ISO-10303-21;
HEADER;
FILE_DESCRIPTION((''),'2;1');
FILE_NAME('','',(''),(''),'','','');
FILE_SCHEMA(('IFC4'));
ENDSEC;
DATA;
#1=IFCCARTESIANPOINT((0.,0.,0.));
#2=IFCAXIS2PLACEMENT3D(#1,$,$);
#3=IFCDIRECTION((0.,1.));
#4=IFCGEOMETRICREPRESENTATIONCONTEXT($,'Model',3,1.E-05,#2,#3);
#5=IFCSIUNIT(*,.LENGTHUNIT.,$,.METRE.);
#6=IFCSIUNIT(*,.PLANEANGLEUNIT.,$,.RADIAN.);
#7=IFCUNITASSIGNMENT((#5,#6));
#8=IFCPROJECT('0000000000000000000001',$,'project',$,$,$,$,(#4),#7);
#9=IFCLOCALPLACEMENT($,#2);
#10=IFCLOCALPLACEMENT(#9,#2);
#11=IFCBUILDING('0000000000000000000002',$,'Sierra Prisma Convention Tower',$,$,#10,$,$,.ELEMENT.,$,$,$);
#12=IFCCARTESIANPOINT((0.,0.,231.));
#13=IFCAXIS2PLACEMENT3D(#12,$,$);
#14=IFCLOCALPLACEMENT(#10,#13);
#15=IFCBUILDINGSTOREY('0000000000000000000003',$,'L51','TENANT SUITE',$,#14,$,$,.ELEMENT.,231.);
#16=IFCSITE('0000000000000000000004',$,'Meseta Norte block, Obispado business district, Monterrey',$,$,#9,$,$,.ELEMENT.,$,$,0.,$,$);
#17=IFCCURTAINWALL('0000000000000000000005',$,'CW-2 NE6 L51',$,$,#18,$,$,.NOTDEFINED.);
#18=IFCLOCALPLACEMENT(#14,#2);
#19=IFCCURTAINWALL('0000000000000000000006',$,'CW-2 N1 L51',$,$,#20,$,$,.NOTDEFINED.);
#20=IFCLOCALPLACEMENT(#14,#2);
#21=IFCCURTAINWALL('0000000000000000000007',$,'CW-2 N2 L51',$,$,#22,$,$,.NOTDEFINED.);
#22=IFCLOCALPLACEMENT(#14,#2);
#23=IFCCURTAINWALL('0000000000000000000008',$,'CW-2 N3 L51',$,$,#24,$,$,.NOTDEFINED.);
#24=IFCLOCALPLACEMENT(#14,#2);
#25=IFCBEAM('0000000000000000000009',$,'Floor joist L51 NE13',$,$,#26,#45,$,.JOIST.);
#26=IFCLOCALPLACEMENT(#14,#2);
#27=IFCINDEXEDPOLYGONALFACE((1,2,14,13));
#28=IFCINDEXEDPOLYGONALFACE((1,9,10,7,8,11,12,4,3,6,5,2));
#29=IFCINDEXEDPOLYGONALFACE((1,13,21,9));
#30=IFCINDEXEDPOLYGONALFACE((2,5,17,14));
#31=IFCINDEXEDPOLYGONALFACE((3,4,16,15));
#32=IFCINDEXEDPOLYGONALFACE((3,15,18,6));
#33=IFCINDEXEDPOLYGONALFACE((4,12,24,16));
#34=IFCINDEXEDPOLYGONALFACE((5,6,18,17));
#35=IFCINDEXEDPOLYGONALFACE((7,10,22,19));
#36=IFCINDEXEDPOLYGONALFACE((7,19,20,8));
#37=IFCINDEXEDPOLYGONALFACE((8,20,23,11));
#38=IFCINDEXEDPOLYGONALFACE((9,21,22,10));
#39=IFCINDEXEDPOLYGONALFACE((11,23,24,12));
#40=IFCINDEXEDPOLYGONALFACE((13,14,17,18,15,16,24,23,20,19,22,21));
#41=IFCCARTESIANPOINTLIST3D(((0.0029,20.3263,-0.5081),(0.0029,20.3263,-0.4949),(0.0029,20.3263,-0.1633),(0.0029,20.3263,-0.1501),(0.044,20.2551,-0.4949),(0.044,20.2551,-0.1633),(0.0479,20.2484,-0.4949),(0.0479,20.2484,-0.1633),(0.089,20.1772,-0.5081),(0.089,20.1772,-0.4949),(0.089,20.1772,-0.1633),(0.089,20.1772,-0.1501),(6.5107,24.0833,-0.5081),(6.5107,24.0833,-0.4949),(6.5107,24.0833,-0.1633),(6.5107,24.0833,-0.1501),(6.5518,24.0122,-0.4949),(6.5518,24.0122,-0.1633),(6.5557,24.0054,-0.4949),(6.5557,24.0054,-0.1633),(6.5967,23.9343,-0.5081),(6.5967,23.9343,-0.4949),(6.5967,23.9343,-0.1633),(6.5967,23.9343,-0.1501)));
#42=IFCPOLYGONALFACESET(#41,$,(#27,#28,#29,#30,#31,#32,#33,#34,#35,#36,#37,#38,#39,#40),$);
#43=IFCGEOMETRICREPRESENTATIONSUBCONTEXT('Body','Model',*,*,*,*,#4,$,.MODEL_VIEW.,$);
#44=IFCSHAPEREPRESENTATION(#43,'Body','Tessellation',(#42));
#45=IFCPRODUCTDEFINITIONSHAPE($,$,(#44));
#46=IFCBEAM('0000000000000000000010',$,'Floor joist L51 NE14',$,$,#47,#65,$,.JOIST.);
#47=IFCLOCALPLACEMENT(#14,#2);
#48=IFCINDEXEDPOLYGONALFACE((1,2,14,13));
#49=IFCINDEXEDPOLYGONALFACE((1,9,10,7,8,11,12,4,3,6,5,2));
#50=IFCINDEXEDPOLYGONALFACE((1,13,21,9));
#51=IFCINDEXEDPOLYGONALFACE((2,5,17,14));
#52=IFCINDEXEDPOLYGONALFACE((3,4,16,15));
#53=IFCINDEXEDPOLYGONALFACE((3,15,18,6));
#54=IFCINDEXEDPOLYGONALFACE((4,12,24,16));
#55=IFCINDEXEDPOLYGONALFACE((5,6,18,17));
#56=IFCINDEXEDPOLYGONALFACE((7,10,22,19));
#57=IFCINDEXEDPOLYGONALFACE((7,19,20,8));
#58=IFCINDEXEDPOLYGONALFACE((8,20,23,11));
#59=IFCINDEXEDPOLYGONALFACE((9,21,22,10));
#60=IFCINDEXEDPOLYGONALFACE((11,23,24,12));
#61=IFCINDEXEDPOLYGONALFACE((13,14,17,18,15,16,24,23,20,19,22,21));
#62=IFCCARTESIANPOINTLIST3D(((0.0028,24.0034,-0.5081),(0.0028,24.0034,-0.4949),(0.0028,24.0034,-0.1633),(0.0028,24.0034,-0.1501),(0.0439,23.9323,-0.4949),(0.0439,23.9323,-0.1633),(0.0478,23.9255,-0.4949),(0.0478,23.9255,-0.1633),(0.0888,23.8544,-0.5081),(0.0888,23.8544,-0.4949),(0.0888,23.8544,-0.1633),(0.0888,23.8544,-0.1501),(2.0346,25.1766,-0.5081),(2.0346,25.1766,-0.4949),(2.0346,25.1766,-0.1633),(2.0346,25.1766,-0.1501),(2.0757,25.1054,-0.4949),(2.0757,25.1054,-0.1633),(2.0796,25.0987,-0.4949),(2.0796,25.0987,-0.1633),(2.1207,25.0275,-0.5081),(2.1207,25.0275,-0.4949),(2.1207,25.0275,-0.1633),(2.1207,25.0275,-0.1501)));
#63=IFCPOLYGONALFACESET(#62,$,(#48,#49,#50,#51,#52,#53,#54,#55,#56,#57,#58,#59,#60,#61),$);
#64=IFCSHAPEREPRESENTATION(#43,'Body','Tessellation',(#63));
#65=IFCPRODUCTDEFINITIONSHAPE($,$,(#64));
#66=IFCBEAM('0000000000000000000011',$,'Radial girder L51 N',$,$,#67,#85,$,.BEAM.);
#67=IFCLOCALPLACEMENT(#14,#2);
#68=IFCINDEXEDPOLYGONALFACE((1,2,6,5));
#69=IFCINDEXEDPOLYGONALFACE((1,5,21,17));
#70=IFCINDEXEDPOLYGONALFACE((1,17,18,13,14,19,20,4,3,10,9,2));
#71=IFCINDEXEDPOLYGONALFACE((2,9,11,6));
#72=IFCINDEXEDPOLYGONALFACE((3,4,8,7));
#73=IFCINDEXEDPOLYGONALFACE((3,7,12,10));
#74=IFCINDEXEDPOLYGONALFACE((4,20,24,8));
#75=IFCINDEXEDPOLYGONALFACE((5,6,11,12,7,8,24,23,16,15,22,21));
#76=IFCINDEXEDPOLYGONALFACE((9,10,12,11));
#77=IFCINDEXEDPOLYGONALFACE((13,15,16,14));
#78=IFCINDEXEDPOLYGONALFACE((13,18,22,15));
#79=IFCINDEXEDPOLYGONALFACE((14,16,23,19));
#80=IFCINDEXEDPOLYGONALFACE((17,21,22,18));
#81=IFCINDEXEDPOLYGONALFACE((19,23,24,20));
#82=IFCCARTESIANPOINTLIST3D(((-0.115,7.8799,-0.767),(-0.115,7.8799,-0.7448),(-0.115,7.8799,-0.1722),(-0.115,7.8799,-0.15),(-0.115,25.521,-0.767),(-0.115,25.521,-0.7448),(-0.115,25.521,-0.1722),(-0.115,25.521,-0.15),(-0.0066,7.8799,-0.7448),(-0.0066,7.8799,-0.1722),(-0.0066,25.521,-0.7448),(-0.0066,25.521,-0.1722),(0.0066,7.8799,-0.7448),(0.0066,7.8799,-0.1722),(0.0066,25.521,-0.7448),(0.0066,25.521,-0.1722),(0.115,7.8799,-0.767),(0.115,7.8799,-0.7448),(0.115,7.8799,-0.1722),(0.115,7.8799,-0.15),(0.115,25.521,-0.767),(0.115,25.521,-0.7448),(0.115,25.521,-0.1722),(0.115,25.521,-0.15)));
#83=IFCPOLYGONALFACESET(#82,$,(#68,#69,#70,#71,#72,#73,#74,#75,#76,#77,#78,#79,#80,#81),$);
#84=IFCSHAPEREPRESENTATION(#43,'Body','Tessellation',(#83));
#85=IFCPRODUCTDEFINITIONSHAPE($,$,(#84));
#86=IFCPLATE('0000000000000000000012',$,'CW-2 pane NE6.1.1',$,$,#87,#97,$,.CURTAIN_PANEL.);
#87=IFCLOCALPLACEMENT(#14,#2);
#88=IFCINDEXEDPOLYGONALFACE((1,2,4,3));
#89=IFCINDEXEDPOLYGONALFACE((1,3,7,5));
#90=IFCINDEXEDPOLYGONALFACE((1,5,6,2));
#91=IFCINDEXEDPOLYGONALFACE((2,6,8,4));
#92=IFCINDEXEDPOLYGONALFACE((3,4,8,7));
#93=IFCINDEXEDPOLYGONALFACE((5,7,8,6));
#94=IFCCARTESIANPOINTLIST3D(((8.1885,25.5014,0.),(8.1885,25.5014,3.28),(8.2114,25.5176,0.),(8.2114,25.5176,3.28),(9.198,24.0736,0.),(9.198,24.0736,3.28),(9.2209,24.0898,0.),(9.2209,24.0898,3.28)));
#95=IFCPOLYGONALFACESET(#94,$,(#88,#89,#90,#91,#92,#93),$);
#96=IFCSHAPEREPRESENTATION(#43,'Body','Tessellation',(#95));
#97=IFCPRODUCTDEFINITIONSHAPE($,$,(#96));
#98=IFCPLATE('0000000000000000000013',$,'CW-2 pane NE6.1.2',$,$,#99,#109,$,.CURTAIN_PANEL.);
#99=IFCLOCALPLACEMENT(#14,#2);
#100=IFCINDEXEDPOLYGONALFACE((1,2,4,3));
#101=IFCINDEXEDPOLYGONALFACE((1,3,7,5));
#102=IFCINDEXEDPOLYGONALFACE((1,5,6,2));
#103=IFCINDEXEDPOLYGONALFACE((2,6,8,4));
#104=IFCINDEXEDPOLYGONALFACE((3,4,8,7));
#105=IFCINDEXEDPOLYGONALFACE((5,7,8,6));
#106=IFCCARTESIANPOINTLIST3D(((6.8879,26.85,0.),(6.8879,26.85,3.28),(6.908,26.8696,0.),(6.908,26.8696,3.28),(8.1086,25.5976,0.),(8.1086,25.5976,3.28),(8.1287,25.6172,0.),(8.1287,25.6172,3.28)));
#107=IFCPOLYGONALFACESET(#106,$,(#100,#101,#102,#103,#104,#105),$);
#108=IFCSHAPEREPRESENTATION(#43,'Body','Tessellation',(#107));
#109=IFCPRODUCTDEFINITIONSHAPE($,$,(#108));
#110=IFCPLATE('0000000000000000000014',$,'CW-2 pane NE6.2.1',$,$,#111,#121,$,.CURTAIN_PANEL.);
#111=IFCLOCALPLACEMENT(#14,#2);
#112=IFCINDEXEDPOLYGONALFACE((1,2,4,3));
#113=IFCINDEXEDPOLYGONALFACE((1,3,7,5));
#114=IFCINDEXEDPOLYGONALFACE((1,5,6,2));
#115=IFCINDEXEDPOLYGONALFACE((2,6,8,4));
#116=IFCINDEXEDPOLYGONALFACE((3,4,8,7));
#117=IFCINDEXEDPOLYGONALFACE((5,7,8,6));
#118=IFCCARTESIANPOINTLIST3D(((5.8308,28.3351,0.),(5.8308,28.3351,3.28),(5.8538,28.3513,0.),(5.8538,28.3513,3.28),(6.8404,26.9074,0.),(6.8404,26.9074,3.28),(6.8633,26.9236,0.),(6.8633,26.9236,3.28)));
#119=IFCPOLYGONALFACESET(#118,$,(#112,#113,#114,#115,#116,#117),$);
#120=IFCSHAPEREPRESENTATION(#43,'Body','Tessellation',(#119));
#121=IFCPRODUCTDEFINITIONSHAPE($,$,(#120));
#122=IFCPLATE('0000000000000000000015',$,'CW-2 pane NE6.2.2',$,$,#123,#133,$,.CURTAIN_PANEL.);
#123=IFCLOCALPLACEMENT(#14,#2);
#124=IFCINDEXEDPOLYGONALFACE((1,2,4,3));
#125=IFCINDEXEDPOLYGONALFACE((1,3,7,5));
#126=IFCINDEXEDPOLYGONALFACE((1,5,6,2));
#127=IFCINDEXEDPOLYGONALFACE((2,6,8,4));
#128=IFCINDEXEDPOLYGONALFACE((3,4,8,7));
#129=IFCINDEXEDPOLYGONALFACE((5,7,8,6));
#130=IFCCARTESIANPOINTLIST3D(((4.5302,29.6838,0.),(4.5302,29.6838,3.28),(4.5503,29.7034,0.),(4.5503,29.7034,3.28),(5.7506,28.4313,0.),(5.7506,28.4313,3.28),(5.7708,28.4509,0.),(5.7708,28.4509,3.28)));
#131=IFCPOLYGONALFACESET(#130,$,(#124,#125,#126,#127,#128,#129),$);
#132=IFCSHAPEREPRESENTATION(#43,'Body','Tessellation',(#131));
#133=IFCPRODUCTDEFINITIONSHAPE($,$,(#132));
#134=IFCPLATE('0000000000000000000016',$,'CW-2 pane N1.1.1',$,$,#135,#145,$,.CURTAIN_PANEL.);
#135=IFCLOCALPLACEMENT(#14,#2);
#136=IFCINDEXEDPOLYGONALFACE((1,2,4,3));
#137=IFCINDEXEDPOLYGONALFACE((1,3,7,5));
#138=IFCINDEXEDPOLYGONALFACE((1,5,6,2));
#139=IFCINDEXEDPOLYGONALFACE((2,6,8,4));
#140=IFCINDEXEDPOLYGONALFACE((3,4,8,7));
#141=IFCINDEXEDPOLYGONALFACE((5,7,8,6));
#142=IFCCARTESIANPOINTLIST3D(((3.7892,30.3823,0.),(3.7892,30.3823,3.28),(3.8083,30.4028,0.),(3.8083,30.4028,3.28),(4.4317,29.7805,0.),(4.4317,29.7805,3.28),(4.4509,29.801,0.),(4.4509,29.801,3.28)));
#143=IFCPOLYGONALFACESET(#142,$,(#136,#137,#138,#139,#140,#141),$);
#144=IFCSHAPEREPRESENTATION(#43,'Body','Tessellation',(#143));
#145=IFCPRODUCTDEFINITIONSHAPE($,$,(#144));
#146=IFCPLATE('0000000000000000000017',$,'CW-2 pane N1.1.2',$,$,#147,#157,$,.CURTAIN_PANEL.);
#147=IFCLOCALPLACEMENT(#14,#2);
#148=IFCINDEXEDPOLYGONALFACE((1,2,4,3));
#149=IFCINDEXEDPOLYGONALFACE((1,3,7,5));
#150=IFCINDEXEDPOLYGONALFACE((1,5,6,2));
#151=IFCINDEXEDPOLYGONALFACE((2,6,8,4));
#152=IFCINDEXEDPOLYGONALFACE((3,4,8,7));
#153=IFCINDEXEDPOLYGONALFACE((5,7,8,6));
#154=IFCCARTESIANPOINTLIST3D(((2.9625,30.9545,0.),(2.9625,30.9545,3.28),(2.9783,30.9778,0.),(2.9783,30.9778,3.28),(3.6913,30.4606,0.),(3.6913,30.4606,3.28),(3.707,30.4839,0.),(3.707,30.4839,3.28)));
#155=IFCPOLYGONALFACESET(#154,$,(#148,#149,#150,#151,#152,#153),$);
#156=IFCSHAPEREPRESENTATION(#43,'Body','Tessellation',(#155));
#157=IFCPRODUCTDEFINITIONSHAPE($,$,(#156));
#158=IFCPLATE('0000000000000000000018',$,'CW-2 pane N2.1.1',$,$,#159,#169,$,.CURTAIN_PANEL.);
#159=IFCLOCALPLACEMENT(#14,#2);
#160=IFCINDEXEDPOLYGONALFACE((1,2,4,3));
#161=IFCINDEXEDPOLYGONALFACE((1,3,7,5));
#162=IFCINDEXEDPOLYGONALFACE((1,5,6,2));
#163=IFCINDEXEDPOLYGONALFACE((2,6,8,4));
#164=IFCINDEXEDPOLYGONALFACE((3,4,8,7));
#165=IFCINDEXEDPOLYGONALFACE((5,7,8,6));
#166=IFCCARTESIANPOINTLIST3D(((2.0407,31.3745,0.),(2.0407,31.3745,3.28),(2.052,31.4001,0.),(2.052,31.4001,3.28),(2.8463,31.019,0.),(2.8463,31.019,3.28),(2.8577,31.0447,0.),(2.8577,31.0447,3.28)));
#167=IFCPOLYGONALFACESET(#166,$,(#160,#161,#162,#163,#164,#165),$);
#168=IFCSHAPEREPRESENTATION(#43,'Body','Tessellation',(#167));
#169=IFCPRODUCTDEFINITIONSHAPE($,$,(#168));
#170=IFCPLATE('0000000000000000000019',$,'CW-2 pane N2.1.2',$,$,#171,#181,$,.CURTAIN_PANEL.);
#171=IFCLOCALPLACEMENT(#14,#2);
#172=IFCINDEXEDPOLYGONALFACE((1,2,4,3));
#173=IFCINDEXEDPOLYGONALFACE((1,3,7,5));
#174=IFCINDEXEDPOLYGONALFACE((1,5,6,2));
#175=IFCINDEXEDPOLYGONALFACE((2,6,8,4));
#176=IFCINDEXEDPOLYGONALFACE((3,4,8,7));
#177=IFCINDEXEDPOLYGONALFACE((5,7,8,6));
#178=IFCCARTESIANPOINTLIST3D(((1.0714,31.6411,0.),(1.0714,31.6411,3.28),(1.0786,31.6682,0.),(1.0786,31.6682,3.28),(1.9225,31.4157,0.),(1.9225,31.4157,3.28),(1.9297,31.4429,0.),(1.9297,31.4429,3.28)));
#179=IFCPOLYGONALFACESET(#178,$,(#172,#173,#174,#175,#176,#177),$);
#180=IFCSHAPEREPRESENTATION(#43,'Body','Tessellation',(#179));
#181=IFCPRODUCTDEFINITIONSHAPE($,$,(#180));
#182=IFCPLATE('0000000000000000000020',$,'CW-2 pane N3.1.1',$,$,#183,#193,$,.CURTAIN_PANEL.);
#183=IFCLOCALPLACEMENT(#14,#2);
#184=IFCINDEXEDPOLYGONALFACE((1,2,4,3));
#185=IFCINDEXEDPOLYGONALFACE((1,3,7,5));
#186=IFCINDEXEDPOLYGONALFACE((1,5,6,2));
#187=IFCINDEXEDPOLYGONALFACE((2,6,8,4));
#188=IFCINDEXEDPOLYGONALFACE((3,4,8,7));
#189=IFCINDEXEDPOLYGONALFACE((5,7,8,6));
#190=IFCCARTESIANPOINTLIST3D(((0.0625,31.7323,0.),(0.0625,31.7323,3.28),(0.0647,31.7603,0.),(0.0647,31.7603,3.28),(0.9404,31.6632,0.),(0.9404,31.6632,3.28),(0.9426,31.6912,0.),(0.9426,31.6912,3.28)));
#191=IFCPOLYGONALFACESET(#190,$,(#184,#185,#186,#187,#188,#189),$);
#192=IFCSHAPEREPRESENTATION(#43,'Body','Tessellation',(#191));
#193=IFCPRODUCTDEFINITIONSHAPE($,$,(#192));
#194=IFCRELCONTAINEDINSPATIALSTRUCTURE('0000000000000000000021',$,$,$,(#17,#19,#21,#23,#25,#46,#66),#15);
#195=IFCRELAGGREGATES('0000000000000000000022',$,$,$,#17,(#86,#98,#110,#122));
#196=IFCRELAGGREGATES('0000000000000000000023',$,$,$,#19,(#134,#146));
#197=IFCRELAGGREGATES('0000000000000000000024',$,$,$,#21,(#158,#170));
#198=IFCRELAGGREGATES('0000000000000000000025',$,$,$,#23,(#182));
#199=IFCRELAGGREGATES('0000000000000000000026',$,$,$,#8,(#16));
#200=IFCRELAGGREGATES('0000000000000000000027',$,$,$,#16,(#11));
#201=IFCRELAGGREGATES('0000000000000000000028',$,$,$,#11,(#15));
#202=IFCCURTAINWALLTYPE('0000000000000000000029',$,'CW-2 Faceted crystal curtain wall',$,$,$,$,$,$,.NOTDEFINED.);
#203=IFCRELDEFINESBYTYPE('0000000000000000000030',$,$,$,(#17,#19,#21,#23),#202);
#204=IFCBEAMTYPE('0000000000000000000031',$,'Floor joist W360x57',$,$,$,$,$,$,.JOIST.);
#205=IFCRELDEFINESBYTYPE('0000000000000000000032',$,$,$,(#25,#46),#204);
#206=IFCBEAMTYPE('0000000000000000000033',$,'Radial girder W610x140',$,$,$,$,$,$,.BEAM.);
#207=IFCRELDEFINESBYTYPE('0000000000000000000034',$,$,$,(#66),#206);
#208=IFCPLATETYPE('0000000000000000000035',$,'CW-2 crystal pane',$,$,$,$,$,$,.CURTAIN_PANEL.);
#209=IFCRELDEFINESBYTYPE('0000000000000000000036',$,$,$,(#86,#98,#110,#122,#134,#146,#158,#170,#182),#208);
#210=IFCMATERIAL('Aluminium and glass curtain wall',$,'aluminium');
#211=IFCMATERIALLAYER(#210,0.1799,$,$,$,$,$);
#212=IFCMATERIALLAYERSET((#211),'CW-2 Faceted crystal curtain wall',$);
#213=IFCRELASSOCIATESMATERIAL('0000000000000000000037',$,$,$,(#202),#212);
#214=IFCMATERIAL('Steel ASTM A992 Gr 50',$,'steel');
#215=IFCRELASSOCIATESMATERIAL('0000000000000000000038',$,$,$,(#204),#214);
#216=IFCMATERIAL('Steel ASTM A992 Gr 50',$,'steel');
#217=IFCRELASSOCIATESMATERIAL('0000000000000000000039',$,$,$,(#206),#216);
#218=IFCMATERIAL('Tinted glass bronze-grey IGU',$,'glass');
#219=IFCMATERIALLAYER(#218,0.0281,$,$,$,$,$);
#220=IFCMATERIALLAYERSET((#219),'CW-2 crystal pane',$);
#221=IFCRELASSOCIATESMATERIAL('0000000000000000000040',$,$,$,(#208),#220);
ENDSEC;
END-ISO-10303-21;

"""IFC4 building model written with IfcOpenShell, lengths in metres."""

from ifc_helpers import new_model, si_unit, direction, frame, origin, origin_2d, place, context, subcontext, project, spatial, polyline, i_section, outline, extrude, material, layer, layer_set, material_profile, profile_set, type_object, element, aggregate, save


model = new_model("IFC4")

# Units and contexts
model_context = context("Model", 3, precision=1e-05, world=origin(), true_north=direction((0.0, 1.0)))
body_context = subcontext(model_context, "Body", "Model", "MODEL_VIEW")
ifc_project = project(units=[si_unit("LENGTHUNIT", "METRE"), si_unit("PLANEANGLEUNIT", "RADIAN")], contexts=[model_context])

# Site, building, storey
site_placement = place(None, origin())
site = spatial("IfcSite", under=ifc_project, at=site_placement, Name="Meseta Norte block, Obispado business district, Monterrey", CompositionType="ELEMENT", RefElevation=0.0)
building_placement = place(site_placement, origin())
building = spatial("IfcBuilding", under=site, at=building_placement, Name="Sierra Prisma Convention Tower", CompositionType="ELEMENT")
storey_placement = place(building_placement, frame((0.0, 0.0, 231.0)))
storey = spatial("IfcBuildingStorey", under=building, at=storey_placement, Name="L51", Description="TENANT SUITE", CompositionType="ELEMENT", Elevation=231.0)

# Curtain wall
ifc_material_1 = material(Name="Aluminium and glass curtain wall", Category="aluminium")
ifc_layer_1 = layer(ifc_material_1, 0.1799)
ifc_layer_set_1 = layer_set([ifc_layer_1], Name="CW-2 Faceted crystal curtain wall")
curtain_wall_type = type_object("IfcCurtainWallType", Name="CW-2 Faceted crystal curtain wall", PredefinedType="NOTDEFINED", material=ifc_layer_set_1)
curtain_wall_1_placement = place(storey_placement, origin())
curtain_wall_1 = element("IfcCurtainWall", 1, at=curtain_wall_1_placement, inside=storey, type_object=curtain_wall_type, Name="CW-2 NE6 L51", PredefinedType="NOTDEFINED")

# Curtain walls
curtain_wall_2_placement = place(storey_placement, origin())
curtain_wall_2 = element("IfcCurtainWall", 2, at=curtain_wall_2_placement, inside=storey, type_object=curtain_wall_type, Name="CW-2 N1 L51", PredefinedType="NOTDEFINED")
curtain_wall_3_placement = place(storey_placement, origin())
curtain_wall_3 = element("IfcCurtainWall", 3, at=curtain_wall_3_placement, inside=storey, type_object=curtain_wall_type, Name="CW-2 N2 L51", PredefinedType="NOTDEFINED")
curtain_wall_4_placement = place(storey_placement, origin())
curtain_wall_4 = element("IfcCurtainWall", 4, at=curtain_wall_4_placement, inside=storey, type_object=curtain_wall_type, Name="CW-2 N3 L51", PredefinedType="NOTDEFINED")

# Beams
ifc_material_2 = material(Name="Steel ASTM A992 Gr 50", Category="steel")
ifc_material_profile_1 = material_profile(ifc_material_2, i_section(OverallWidth=0.1721, OverallDepth=0.3579, WebThickness=0.0078, FlangeThickness=0.0132, at=origin_2d()), Name="W360x57")
ifc_profile_set_1 = profile_set([ifc_material_profile_1], Name="Steel ASTM A992 Gr 50")
beam_type_1 = type_object("IfcBeamType", Name="Floor joist W360x57", PredefinedType="JOIST", material=ifc_profile_set_1)
beam_1_placement = place(storey_placement, frame((6.5537, 24.0088, -0.3291), z_axis=(-0.866037, -0.499979, 0.0), x_axis=(0.499979, -0.866037, 0.0)))
element("IfcBeam", 5, at=beam_1_placement, inside=storey, type_object=beam_type_1, Name="Floor joist L51 NE13", PredefinedType="JOIST", context=body_context, shape_type="SweptSolid", body=[
    extrude(i_section(OverallWidth=0.1721, OverallDepth=0.3579, WebThickness=0.0078, FlangeThickness=0.0132, at=origin_2d()), origin(), (0.0, 0.0, 1.0), 7.5144),
])
beam_2_placement = place(storey_placement, frame((2.0776, 25.1021, -0.3291), z_axis=(-0.866012, -0.500023, 0.0), x_axis=(0.500023, -0.866012, 0.0)))
element("IfcBeam", 6, at=beam_2_placement, inside=storey, type_object=beam_type_1, Name="Floor joist L51 NE14", PredefinedType="JOIST", context=body_context, shape_type="SweptSolid", body=[
    extrude(i_section(OverallWidth=0.1721, OverallDepth=0.3579, WebThickness=0.0078, FlangeThickness=0.0132, at=origin_2d()), origin(), (0.0, 0.0, 1.0), 2.3462),
])
ifc_material_3 = material(Name="Steel ASTM A992 Gr 50", Category="steel")
ifc_material_profile_2 = material_profile(ifc_material_3, i_section(OverallWidth=0.23, OverallDepth=0.6169, WebThickness=0.0132, FlangeThickness=0.0222, at=origin_2d()), Name="W610x140")
ifc_profile_set_2 = profile_set([ifc_material_profile_2], Name="Steel ASTM A992 Gr 50")
beam_type_2 = type_object("IfcBeamType", Name="Radial girder W610x140", PredefinedType="BEAM", material=ifc_profile_set_2)
beam_3_placement = place(storey_placement, frame((0.0, 25.521, -0.4585), z_axis=(0.0, -1.0, 0.0), x_axis=(1.0, 0.0, 0.0)))
element("IfcBeam", 7, at=beam_3_placement, inside=storey, type_object=beam_type_2, Name="Radial girder L51 N", PredefinedType="BEAM", context=body_context, shape_type="SweptSolid", body=[
    extrude(i_section(OverallWidth=0.23, OverallDepth=0.6169, WebThickness=0.0132, FlangeThickness=0.0222, at=origin_2d()), origin(), (0.0, 0.0, 1.0), 17.6411),
])

# Plates
ifc_material_4 = material(Name="Tinted glass bronze-grey IGU", Category="glass")
ifc_layer_2 = layer(ifc_material_4, 0.0281)
ifc_layer_set_2 = layer_set([ifc_layer_2], Name="CW-2 crystal pane")
plate_type = type_object("IfcPlateType", Name="CW-2 crystal pane", PredefinedType="CURTAIN_PANEL", material=ifc_layer_set_2)
plate_1_placement = place(storey_placement, frame((9.2209, 24.0898, 0.0), z_axis=(0.816507, 0.577335, 0.0), x_axis=(-0.577335, 0.816507, 0.0)))
plate_1 = element("IfcPlate", 8, at=plate_1_placement, type_object=plate_type, Name="CW-2 pane NE6.1.1", PredefinedType="CURTAIN_PANEL", context=body_context, shape_type="SweptSolid", body=[
    extrude(outline(polyline([(0.0, 0.0), (1.7486, 0.0), (1.7486, 3.28), (0.0, 3.28), (0.0, 0.0)])), origin(), (0.0, 0.0, -1.0), 0.0281),
])
plate_2_placement = place(storey_placement, frame((6.908, 26.8696, 0.0), z_axis=(0.716122, 0.697975, 0.0), x_axis=(0.697975, -0.716122, 0.0)))
plate_2 = element("IfcPlate", 9, at=plate_2_placement, type_object=plate_type, Name="CW-2 pane NE6.1.2", PredefinedType="CURTAIN_PANEL", context=body_context, shape_type="SweptSolid", body=[
    extrude(outline(polyline([(0.0, 0.0), (1.7489, 0.0), (1.7489, -3.28), (0.0, -3.28), (0.0, 0.0)])), origin(), (0.0, 0.0, -1.0), 0.0281),
])
plate_3_placement = place(storey_placement, frame((6.8633, 26.9236, 0.0), z_axis=(0.816507, 0.577335, 0.0), x_axis=(-0.577335, 0.816507, 0.0)))
plate_3 = element("IfcPlate", 10, at=plate_3_placement, type_object=plate_type, Name="CW-2 pane NE6.2.1", PredefinedType="CURTAIN_PANEL", context=body_context, shape_type="SweptSolid", body=[
    extrude(outline(polyline([(0.0, 0.0), (1.7486, 0.0), (1.7486, 3.28), (0.0, 3.28), (0.0, 0.0)])), origin(), (0.0, 0.0, -1.0), 0.0281),
])
plate_4_placement = place(storey_placement, frame((4.5503, 29.7034, 0.0), z_axis=(0.716192, 0.697903, 0.0), x_axis=(0.697903, -0.716192, 0.0)))
plate_4 = element("IfcPlate", 11, at=plate_4_placement, type_object=plate_type, Name="CW-2 pane NE6.2.2", PredefinedType="CURTAIN_PANEL", context=body_context, shape_type="SweptSolid", body=[
    extrude(outline(polyline([(0.0, 0.0), (1.7488, 0.0), (1.7488, -3.28), (0.0, -3.28), (0.0, 0.0)])), origin(), (0.0, 0.0, -1.0), 0.0281),
])
aggregate(curtain_wall_1, [plate_1, plate_2, plate_3, plate_4])
plate_5_placement = place(storey_placement, frame((4.4509, 29.801, 0.0), z_axis=(0.683572, 0.729883, 0.0), x_axis=(-0.729883, 0.683572, 0.0)))
plate_5 = element("IfcPlate", 12, at=plate_5_placement, type_object=plate_type, Name="CW-2 pane N1.1.1", PredefinedType="CURTAIN_PANEL", context=body_context, shape_type="SweptSolid", body=[
    extrude(outline(polyline([(0.0, 0.0), (0.8804, 0.0), (0.8804, 3.28), (0.0, 3.28), (0.0, 0.0)])), origin(), (0.0, 0.0, -1.0), 0.0281),
])
plate_6_placement = place(storey_placement, frame((2.9783, 30.9778, 0.0), z_axis=(0.56102, 0.827802, 0.0), x_axis=(0.827802, -0.56102, 0.0)))
plate_6 = element("IfcPlate", 13, at=plate_6_placement, type_object=plate_type, Name="CW-2 pane N1.1.2", PredefinedType="CURTAIN_PANEL", context=body_context, shape_type="SweptSolid", body=[
    extrude(outline(polyline([(0.0, 0.0), (0.8804, 0.0), (0.8804, -3.28), (0.0, -3.28), (0.0, 0.0)])), origin(), (0.0, 0.0, -1.0), 0.0281),
])
aggregate(curtain_wall_2, [plate_5, plate_6])
plate_7_placement = place(storey_placement, frame((2.8577, 31.0447, 0.0), z_axis=(0.403668, 0.914906, 0.0), x_axis=(-0.914906, 0.403668, 0.0)))
plate_7 = element("IfcPlate", 14, at=plate_7_placement, type_object=plate_type, Name="CW-2 pane N2.1.1", PredefinedType="CURTAIN_PANEL", context=body_context, shape_type="SweptSolid", body=[
    extrude(outline(polyline([(0.0, 0.0), (0.8806, 0.0), (0.8806, 3.28), (0.0, 3.28), (0.0, 0.0)])), origin(), (0.0, 0.0, -1.0), 0.0281),
])
plate_8_placement = place(storey_placement, frame((1.0786, 31.6682, 0.0), z_axis=(0.255954, 0.966689, 0.0), x_axis=(0.966689, -0.255954, 0.0)))
plate_8 = element("IfcPlate", 15, at=plate_8_placement, type_object=plate_type, Name="CW-2 pane N2.1.2", PredefinedType="CURTAIN_PANEL", context=body_context, shape_type="SweptSolid", body=[
    extrude(outline(polyline([(0.0, 0.0), (0.8804, 0.0), (0.8804, -3.28), (0.0, -3.28), (0.0, 0.0)])), origin(), (0.0, 0.0, -1.0), 0.0281),
])
aggregate(curtain_wall_3, [plate_7, plate_8])
plate_9_placement = place(storey_placement, frame((0.9426, 31.6912, 0.0), z_axis=(0.078456, 0.996918, 0.0), x_axis=(-0.996918, 0.078456, 0.0)))
plate_9 = element("IfcPlate", 16, at=plate_9_placement, type_object=plate_type, Name="CW-2 pane N3.1.1", PredefinedType="CURTAIN_PANEL", context=body_context, shape_type="SweptSolid", body=[
    extrude(outline(polyline([(0.0, 0.0), (0.8806, 0.0), (0.8806, 3.28), (0.0, 3.28), (0.0, 0.0)])), origin(), (0.0, 0.0, -1.0), 0.0281),
])
aggregate(curtain_wall_4, [plate_9])

save(model, "model.ifc")
